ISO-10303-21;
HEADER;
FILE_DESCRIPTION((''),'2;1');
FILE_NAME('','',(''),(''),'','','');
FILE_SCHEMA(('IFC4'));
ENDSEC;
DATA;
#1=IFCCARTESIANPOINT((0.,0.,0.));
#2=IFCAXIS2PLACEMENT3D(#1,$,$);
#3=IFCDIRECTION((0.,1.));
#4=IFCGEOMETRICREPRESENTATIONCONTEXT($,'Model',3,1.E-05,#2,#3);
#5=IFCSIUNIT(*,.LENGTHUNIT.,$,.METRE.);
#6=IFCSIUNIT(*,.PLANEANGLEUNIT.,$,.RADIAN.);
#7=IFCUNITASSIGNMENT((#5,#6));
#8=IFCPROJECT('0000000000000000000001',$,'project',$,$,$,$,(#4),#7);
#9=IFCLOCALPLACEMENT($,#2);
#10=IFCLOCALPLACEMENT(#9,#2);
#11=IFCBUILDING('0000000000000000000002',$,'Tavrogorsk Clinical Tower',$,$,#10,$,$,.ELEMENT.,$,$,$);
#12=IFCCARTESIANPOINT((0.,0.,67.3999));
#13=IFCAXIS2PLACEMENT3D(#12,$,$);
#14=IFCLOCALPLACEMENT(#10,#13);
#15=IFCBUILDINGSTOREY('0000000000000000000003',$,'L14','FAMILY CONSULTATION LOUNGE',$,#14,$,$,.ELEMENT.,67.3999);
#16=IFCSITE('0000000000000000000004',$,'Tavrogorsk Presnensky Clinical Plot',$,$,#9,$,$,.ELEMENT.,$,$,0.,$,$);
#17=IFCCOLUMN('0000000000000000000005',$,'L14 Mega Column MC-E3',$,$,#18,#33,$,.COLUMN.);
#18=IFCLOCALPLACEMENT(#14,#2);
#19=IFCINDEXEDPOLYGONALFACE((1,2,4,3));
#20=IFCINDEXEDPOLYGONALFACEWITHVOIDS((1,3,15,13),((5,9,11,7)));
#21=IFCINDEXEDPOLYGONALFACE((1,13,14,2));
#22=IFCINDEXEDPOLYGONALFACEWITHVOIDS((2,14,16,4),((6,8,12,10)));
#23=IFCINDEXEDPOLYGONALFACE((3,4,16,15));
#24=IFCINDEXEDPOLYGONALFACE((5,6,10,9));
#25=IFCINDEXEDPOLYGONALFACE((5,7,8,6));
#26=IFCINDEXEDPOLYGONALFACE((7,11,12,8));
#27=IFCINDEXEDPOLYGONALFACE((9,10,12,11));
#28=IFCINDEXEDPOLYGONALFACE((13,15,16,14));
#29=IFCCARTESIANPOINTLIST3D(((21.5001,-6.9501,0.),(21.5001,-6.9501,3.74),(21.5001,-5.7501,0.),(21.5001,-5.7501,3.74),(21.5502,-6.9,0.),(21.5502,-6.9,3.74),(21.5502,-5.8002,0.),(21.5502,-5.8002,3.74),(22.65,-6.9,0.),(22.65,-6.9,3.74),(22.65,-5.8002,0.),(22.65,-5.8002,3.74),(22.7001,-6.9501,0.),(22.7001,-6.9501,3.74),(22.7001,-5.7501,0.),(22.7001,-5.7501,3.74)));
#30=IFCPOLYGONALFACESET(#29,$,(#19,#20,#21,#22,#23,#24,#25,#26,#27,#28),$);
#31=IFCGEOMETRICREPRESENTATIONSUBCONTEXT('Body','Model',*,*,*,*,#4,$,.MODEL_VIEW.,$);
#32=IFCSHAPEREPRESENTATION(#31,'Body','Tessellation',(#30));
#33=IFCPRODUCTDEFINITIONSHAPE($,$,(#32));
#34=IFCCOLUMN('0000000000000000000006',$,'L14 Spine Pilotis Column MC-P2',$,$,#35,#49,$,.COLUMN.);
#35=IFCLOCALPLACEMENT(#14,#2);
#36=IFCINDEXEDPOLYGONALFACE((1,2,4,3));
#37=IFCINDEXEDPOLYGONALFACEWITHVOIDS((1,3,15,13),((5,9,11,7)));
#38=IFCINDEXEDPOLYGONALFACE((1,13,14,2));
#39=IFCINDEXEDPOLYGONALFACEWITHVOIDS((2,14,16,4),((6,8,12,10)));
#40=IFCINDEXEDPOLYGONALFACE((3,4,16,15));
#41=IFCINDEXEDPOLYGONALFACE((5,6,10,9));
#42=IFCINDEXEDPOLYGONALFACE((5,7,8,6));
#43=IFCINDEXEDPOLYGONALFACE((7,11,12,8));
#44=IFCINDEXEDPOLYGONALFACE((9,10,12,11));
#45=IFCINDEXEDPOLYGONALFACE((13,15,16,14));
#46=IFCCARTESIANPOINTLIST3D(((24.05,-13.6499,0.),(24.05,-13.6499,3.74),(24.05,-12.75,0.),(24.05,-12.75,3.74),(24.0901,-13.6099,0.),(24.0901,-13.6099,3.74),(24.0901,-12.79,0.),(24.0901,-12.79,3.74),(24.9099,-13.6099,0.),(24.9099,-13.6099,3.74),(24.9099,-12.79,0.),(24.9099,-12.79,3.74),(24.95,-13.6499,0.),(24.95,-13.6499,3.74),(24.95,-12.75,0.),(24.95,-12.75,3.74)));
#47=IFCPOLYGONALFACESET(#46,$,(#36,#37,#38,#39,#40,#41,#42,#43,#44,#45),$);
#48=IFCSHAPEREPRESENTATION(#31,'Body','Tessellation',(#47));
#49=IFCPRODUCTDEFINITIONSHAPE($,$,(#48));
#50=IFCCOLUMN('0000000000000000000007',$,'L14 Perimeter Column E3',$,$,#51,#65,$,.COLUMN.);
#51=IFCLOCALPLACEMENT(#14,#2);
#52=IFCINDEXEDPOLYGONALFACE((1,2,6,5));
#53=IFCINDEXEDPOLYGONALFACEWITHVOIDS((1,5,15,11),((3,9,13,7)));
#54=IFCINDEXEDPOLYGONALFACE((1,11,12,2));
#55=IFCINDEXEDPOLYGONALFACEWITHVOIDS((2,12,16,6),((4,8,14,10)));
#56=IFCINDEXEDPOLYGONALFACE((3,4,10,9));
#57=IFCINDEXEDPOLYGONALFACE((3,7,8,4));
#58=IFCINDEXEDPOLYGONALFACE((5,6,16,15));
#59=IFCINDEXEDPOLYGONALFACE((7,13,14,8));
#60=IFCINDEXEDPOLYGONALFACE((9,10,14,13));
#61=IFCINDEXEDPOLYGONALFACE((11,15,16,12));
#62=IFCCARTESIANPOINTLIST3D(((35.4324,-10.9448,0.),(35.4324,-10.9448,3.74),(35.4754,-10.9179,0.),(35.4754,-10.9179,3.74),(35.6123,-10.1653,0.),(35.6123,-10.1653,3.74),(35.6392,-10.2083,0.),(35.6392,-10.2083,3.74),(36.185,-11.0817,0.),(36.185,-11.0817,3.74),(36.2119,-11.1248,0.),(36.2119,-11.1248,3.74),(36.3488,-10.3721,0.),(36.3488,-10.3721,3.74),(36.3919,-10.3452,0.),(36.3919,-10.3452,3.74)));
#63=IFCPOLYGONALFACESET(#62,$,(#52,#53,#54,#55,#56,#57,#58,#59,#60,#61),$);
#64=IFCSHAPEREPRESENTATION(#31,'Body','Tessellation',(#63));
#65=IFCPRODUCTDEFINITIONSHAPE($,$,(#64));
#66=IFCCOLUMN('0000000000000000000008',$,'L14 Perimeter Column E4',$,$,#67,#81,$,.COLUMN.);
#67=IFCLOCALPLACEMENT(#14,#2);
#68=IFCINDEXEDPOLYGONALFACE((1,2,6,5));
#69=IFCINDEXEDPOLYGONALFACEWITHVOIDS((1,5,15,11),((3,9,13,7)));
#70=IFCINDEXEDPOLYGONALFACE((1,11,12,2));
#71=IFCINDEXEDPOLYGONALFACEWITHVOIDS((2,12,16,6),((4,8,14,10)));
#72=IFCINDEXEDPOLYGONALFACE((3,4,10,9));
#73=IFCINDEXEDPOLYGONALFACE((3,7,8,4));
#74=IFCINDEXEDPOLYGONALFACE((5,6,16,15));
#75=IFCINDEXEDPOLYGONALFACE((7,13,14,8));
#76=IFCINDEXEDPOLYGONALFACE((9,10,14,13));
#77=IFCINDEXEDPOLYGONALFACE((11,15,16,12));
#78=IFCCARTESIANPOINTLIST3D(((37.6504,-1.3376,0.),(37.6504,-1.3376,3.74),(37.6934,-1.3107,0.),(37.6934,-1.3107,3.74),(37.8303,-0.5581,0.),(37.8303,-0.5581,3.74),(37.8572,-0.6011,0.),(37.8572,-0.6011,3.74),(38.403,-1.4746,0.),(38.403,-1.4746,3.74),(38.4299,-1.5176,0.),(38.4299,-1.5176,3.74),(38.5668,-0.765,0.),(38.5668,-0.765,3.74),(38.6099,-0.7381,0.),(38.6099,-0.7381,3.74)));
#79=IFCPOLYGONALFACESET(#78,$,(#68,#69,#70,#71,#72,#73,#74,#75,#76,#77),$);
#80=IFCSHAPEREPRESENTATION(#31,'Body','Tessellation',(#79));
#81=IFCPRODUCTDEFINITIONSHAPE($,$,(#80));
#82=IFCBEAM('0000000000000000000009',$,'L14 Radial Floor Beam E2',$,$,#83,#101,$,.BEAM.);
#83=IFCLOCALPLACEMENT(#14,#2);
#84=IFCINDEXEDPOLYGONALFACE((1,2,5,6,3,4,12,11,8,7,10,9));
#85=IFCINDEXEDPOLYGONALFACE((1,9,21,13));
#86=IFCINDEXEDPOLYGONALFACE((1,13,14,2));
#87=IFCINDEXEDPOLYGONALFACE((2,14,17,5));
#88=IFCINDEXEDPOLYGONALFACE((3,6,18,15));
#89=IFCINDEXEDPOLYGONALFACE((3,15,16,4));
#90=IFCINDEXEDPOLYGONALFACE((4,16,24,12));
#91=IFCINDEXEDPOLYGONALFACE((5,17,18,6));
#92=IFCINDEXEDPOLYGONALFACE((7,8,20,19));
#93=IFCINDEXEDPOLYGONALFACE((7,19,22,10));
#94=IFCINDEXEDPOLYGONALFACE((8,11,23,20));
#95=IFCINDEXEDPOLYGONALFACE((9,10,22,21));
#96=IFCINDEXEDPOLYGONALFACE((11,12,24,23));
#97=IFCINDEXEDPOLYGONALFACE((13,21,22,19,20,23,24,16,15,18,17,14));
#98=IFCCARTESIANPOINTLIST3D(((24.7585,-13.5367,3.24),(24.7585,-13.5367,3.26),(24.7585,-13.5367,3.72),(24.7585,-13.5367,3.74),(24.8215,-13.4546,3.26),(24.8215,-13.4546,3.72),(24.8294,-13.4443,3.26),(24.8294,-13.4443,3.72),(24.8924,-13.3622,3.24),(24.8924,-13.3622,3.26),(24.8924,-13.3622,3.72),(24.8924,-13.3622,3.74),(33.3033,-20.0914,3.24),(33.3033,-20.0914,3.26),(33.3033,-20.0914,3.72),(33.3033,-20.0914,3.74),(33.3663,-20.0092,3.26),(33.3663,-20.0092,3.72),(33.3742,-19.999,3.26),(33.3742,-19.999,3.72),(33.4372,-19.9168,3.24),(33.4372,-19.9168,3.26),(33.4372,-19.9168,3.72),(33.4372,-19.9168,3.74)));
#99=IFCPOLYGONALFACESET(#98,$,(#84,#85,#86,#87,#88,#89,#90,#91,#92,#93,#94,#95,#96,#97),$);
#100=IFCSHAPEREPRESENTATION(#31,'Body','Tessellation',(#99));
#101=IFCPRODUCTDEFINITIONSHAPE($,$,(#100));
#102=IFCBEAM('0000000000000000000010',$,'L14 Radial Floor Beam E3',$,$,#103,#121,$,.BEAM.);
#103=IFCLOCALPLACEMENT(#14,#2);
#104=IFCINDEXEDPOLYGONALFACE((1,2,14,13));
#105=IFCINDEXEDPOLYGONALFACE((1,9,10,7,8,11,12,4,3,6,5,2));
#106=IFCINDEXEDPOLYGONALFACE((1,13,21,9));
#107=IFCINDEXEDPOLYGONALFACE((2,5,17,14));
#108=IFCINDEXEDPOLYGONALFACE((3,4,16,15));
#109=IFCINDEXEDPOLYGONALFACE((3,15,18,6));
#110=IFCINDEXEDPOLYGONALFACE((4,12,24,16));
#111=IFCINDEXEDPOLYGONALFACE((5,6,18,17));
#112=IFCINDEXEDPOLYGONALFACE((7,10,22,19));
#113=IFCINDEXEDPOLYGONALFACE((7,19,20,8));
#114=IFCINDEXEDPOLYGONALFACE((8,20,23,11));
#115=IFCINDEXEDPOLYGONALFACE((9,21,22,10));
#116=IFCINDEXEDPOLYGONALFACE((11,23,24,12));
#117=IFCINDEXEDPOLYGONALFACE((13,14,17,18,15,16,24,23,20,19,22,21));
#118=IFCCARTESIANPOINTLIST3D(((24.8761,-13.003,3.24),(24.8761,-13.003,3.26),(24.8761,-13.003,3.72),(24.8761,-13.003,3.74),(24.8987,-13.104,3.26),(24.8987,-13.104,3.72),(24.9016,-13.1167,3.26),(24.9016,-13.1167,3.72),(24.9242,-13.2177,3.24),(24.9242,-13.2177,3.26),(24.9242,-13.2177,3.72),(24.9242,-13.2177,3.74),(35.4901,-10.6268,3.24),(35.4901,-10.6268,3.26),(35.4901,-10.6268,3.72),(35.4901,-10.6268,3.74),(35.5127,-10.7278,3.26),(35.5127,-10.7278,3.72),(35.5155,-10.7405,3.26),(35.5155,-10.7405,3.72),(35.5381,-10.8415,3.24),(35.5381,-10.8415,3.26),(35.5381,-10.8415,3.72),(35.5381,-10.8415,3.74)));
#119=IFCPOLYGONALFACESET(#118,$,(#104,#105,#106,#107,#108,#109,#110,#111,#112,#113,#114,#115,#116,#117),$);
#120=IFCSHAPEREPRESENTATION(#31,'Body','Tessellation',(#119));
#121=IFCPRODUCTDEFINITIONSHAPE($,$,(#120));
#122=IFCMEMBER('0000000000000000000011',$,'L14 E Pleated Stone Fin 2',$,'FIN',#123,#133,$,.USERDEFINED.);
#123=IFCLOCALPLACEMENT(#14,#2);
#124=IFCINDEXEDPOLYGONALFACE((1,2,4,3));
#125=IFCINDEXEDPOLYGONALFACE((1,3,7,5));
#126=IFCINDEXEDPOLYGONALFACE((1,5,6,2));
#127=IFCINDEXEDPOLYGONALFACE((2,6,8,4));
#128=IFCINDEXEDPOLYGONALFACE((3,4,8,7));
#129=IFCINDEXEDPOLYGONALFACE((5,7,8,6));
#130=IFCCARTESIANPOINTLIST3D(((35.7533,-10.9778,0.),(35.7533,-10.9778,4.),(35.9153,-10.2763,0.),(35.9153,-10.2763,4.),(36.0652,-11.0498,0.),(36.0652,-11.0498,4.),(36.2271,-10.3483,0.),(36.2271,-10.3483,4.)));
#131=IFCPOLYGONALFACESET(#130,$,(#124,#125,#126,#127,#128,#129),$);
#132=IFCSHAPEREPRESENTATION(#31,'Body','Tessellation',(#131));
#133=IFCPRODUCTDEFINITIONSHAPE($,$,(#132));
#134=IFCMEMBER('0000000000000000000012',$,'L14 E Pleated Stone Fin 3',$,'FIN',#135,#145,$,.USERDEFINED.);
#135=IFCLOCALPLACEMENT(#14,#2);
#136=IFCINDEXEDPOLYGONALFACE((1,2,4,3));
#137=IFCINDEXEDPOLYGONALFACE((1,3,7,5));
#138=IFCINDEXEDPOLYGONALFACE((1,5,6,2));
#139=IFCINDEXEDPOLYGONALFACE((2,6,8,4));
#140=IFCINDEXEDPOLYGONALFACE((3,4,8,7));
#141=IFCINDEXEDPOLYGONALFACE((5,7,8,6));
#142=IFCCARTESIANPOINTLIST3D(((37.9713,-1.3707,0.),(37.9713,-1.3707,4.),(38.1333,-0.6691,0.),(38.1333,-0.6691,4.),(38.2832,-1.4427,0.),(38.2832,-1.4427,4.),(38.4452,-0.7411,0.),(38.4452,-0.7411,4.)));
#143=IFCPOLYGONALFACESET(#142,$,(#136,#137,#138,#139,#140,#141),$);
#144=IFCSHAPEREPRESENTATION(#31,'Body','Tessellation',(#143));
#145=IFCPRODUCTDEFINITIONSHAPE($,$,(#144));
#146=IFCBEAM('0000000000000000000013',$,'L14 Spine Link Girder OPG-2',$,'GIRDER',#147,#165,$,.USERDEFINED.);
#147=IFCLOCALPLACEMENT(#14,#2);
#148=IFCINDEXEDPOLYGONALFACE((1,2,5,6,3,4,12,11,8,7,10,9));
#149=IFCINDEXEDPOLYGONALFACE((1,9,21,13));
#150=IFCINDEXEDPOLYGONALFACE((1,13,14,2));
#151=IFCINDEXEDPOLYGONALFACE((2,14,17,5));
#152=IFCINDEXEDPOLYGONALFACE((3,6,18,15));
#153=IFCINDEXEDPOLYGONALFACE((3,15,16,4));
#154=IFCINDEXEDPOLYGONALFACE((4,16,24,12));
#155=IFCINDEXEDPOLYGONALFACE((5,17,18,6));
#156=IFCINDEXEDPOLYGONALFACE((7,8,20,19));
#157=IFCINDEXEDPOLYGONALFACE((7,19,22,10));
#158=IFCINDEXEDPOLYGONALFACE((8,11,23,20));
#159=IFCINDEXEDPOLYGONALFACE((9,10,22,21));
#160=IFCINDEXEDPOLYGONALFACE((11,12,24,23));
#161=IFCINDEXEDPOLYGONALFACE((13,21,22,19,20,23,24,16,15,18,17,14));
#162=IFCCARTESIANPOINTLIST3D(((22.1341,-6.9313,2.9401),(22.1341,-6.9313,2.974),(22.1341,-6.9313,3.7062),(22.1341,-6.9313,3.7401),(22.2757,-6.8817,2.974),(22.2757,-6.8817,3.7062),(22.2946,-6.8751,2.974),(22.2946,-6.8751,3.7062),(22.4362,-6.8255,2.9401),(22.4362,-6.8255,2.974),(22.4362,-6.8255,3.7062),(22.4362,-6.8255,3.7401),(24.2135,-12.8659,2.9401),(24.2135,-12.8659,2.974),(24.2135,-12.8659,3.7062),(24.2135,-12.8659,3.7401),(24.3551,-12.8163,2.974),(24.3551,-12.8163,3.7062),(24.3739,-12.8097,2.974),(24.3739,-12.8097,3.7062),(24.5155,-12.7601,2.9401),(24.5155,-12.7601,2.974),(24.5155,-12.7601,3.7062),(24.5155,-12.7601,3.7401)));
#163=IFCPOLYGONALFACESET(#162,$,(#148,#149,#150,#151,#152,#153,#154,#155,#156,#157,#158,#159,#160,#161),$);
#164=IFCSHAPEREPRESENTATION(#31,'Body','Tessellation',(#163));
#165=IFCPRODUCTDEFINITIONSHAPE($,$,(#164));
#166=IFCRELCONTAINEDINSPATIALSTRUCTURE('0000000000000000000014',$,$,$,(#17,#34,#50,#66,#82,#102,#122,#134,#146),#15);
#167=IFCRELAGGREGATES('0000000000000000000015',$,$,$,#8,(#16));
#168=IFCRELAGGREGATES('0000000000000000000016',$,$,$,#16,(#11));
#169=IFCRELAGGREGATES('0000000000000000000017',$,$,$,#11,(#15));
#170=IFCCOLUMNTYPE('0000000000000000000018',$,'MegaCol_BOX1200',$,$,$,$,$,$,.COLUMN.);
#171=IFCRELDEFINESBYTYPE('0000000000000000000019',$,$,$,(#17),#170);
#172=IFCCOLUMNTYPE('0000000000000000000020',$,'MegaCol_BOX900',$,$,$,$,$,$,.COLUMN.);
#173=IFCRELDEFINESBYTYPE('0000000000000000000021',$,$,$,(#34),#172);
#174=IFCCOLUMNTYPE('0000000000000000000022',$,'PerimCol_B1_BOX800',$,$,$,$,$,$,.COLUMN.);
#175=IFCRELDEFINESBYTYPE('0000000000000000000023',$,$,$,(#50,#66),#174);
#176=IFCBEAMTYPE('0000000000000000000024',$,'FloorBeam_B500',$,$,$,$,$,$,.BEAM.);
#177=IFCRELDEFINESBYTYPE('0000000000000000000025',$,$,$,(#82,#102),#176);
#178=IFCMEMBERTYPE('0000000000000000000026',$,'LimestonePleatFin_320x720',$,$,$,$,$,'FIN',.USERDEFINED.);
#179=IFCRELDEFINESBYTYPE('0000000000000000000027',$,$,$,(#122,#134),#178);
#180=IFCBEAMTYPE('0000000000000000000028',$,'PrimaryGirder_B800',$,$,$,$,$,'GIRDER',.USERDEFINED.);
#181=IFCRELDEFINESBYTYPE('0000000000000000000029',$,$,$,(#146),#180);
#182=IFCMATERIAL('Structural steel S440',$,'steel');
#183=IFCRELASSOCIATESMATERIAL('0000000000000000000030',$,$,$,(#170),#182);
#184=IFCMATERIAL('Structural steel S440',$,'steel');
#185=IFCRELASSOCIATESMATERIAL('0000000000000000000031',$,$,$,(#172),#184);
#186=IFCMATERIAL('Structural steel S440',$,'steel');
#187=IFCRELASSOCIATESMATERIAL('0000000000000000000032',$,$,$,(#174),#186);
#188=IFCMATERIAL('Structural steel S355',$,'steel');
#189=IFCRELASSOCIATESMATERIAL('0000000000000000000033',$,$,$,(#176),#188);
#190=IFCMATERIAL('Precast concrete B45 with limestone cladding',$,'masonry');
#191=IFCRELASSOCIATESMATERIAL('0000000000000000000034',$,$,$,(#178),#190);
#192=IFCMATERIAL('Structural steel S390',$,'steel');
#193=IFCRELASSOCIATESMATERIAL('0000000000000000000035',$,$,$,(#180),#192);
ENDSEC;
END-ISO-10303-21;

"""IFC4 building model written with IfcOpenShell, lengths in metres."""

from ifc_helpers import new_model, si_unit, direction, frame, origin, origin_2d, place, context, subcontext, project, spatial, rectangle, hollow_rectangle, i_section, extrude, material, material_profile, profile_set, type_object, element, save


model = new_model("IFC4")

# Units and contexts
model_context = context("Model", 3, precision=1e-05, world=origin(), true_north=direction((0.0, 1.0)))
body_context = subcontext(model_context, "Body", "Model", "MODEL_VIEW")
ifc_project = project(units=[si_unit("LENGTHUNIT", "METRE"), si_unit("PLANEANGLEUNIT", "RADIAN")], contexts=[model_context])

# Site, building, storey
site_placement = place(None, origin())
site = spatial("IfcSite", under=ifc_project, at=site_placement, Name="Tavrogorsk Presnensky Clinical Plot", CompositionType="ELEMENT", RefElevation=0.0)
building_placement = place(site_placement, origin())
building = spatial("IfcBuilding", under=site, at=building_placement, Name="Tavrogorsk Clinical Tower", CompositionType="ELEMENT")
storey_placement = place(building_placement, frame((0.0, 0.0, 67.3999)))
storey = spatial("IfcBuildingStorey", under=building, at=storey_placement, Name="L14", Description="FAMILY CONSULTATION LOUNGE", CompositionType="ELEMENT", Elevation=67.3999)

# Columns
ifc_material_1 = material(Name="Structural steel S440", Category="steel")
ifc_material_profile_1 = material_profile(ifc_material_1, hollow_rectangle(XDim=1.2, YDim=1.2, WallThickness=0.05, at=origin_2d()), Name="BOX-1200x1200x50")
ifc_profile_set_1 = profile_set([ifc_material_profile_1], Name="Structural steel S440")
column_type_1 = type_object("IfcColumnType", Name="MegaCol_BOX1200", PredefinedType="COLUMN", material=ifc_profile_set_1)
column_1_placement = place(storey_placement, frame((22.1001, -6.3501, 0.0), z_axis=(0.0, 0.0, 1.0), x_axis=(1.0, 0.0, 0.0)))
element("IfcColumn", 1, at=column_1_placement, inside=storey, type_object=column_type_1, Name="L14 Mega Column MC-E3", PredefinedType="COLUMN", context=body_context, shape_type="SweptSolid", body=[
    extrude(hollow_rectangle(XDim=1.2, YDim=1.2, WallThickness=0.05, at=origin_2d()), origin(), (0.0, 0.0, 1.0), 3.74),
])
ifc_material_2 = material(Name="Structural steel S440", Category="steel")
ifc_material_profile_2 = material_profile(ifc_material_2, hollow_rectangle(XDim=0.8999, YDim=0.8999, WallThickness=0.04, at=origin_2d()), Name="BOX-900x900x40")
ifc_profile_set_2 = profile_set([ifc_material_profile_2], Name="Structural steel S440")
column_type_2 = type_object("IfcColumnType", Name="MegaCol_BOX900", PredefinedType="COLUMN", material=ifc_profile_set_2)
column_2_placement = place(storey_placement, frame((24.5, -13.2, 0.0), z_axis=(0.0, 0.0, 1.0), x_axis=(1.0, 0.0, 0.0)))
element("IfcColumn", 2, at=column_2_placement, inside=storey, type_object=column_type_2, Name="L14 Spine Pilotis Column MC-P2", PredefinedType="COLUMN", context=body_context, shape_type="SweptSolid", body=[
    extrude(hollow_rectangle(XDim=0.8999, YDim=0.8999, WallThickness=0.04, at=origin_2d()), origin(), (0.0, 0.0, 1.0), 3.74),
])
ifc_material_3 = material(Name="Structural steel S440", Category="steel")
ifc_material_profile_3 = material_profile(ifc_material_3, hollow_rectangle(XDim=0.8, YDim=0.8, WallThickness=0.0359, at=origin_2d()), Name="BOX-800x800x36")
ifc_profile_set_3 = profile_set([ifc_material_profile_3], Name="Structural steel S440")
column_type_3 = type_object("IfcColumnType", Name="PerimCol_B1_BOX800", PredefinedType="COLUMN", material=ifc_profile_set_3)
for number, where, z_axis, x_axis, name in (
    (3, (35.9121, -10.645, 0.0), (0.0, 0.0, 1.0), (0.97437, -0.224951, 0.0), "L14 Perimeter Column E3"),
    (4, (38.1301, -1.0378, 0.0), (0.0, 0.0, 1.0), (0.97437, -0.224951, 0.0), "L14 Perimeter Column E4"),
):
    element("IfcColumn", number, at=place(storey_placement, frame(where, z_axis=z_axis, x_axis=x_axis)), inside=storey, type_object=column_type_3, Name=name, PredefinedType="COLUMN", context=body_context, shape_type="SweptSolid", body=[
        extrude(hollow_rectangle(XDim=0.8, YDim=0.8, WallThickness=0.0359, at=origin_2d()), origin(), (0.0, 0.0, 1.0), 3.74),
    ])

# Beams
ifc_material_4 = material(Name="Structural steel S355", Category="steel")
ifc_material_profile_4 = material_profile(ifc_material_4, i_section(OverallWidth=0.22, OverallDepth=0.5, WebThickness=0.0129, FlangeThickness=0.02, at=origin_2d()), Name="B-500x220x13x20")
ifc_profile_set_4 = profile_set([ifc_material_profile_4], Name="Structural steel S355")
beam_type_1 = type_object("IfcBeamType", Name="FloorBeam_B500", PredefinedType="BEAM", material=ifc_profile_set_4)
beam_1_placement = place(storey_placement, frame((24.8254, -13.4495, 3.49), z_axis=(0.793446, -0.608641, 0.0), x_axis=(0.608641, 0.793446, 0.0)))
element("IfcBeam", 5, at=beam_1_placement, inside=storey, type_object=beam_type_1, Name="L14 Radial Floor Beam E2", PredefinedType="BEAM", context=body_context, shape_type="SweptSolid", body=[
    extrude(i_section(OverallWidth=0.22, OverallDepth=0.5, WebThickness=0.0129, FlangeThickness=0.02, at=origin_2d()), origin(), (0.0, 0.0, 1.0), 10.7693),
])
beam_2_placement = place(storey_placement, frame((24.9001, -13.1104, 3.49), z_axis=(0.975844, 0.218468, 0.0), x_axis=(-0.218468, 0.975844, 0.0)))
element("IfcBeam", 6, at=beam_2_placement, inside=storey, type_object=beam_type_1, Name="L14 Radial Floor Beam E3", PredefinedType="BEAM", context=body_context, shape_type="SweptSolid", body=[
    extrude(i_section(OverallWidth=0.22, OverallDepth=0.5, WebThickness=0.0129, FlangeThickness=0.02, at=origin_2d()), origin(), (0.0, 0.0, 1.0), 10.8767),
])

# Members
ifc_material_5 = material(Name="Precast concrete B45 with limestone cladding", Category="masonry")
ifc_material_profile_5 = material_profile(ifc_material_5, rectangle(XDim=0.3201, YDim=0.72, at=origin_2d()), Name="LIMESTONE-FIN-320x720")
ifc_profile_set_5 = profile_set([ifc_material_profile_5], Name="Precast concrete B45 with limestone cladding")
member_type = type_object("IfcMemberType", Name="LimestonePleatFin_320x720", ElementType="FIN", PredefinedType="USERDEFINED", material=ifc_profile_set_5)
for number, where, z_axis, x_axis, name in (
    (7, (35.9902, -10.6631, 0.0), (0.0, 0.0, 1.0), (0.97437, -0.224951, 0.0), "L14 E Pleated Stone Fin 2"),
    (8, (38.2083, -1.0559, 0.0), (0.0, 0.0, 1.0), (0.97437, -0.224951, 0.0), "L14 E Pleated Stone Fin 3"),
):
    element("IfcMember", number, at=place(storey_placement, frame(where, z_axis=z_axis, x_axis=x_axis)), inside=storey, type_object=member_type, Name=name, ObjectType="FIN", PredefinedType="USERDEFINED", context=body_context, shape_type="SweptSolid", body=[
        extrude(rectangle(XDim=0.3201, YDim=0.72, at=origin_2d()), origin(), (0.0, 0.0, 1.0), 4.0),
    ])

# Beam
ifc_material_6 = material(Name="Structural steel S390", Category="steel")
ifc_material_profile_6 = material_profile(ifc_material_6, i_section(OverallWidth=0.3201, OverallDepth=0.8, WebThickness=0.02, FlangeThickness=0.0339, at=origin_2d()), Name="B-800x320x20x34")
ifc_profile_set_6 = profile_set([ifc_material_profile_6], Name="Structural steel S390")
beam_type_2 = type_object("IfcBeamType", Name="PrimaryGirder_B800", ElementType="GIRDER", PredefinedType="USERDEFINED", material=ifc_profile_set_6)
beam_3_placement = place(storey_placement, frame((24.3645, -12.813, 3.3401), z_axis=(-0.330669, 0.943747, 0.0), x_axis=(-0.943747, -0.330669, 0.0)))
element("IfcBeam", 9, at=beam_3_placement, inside=storey, type_object=beam_type_2, Name="L14 Spine Link Girder OPG-2", ObjectType="GIRDER", PredefinedType="USERDEFINED", context=body_context, shape_type="SweptSolid", body=[
    extrude(i_section(OverallWidth=0.3201, OverallDepth=0.8, WebThickness=0.02, FlangeThickness=0.0339, at=origin_2d()), origin(), (0.0, 0.0, 1.0), 6.2883),
])

save(model, "model.ifc")
